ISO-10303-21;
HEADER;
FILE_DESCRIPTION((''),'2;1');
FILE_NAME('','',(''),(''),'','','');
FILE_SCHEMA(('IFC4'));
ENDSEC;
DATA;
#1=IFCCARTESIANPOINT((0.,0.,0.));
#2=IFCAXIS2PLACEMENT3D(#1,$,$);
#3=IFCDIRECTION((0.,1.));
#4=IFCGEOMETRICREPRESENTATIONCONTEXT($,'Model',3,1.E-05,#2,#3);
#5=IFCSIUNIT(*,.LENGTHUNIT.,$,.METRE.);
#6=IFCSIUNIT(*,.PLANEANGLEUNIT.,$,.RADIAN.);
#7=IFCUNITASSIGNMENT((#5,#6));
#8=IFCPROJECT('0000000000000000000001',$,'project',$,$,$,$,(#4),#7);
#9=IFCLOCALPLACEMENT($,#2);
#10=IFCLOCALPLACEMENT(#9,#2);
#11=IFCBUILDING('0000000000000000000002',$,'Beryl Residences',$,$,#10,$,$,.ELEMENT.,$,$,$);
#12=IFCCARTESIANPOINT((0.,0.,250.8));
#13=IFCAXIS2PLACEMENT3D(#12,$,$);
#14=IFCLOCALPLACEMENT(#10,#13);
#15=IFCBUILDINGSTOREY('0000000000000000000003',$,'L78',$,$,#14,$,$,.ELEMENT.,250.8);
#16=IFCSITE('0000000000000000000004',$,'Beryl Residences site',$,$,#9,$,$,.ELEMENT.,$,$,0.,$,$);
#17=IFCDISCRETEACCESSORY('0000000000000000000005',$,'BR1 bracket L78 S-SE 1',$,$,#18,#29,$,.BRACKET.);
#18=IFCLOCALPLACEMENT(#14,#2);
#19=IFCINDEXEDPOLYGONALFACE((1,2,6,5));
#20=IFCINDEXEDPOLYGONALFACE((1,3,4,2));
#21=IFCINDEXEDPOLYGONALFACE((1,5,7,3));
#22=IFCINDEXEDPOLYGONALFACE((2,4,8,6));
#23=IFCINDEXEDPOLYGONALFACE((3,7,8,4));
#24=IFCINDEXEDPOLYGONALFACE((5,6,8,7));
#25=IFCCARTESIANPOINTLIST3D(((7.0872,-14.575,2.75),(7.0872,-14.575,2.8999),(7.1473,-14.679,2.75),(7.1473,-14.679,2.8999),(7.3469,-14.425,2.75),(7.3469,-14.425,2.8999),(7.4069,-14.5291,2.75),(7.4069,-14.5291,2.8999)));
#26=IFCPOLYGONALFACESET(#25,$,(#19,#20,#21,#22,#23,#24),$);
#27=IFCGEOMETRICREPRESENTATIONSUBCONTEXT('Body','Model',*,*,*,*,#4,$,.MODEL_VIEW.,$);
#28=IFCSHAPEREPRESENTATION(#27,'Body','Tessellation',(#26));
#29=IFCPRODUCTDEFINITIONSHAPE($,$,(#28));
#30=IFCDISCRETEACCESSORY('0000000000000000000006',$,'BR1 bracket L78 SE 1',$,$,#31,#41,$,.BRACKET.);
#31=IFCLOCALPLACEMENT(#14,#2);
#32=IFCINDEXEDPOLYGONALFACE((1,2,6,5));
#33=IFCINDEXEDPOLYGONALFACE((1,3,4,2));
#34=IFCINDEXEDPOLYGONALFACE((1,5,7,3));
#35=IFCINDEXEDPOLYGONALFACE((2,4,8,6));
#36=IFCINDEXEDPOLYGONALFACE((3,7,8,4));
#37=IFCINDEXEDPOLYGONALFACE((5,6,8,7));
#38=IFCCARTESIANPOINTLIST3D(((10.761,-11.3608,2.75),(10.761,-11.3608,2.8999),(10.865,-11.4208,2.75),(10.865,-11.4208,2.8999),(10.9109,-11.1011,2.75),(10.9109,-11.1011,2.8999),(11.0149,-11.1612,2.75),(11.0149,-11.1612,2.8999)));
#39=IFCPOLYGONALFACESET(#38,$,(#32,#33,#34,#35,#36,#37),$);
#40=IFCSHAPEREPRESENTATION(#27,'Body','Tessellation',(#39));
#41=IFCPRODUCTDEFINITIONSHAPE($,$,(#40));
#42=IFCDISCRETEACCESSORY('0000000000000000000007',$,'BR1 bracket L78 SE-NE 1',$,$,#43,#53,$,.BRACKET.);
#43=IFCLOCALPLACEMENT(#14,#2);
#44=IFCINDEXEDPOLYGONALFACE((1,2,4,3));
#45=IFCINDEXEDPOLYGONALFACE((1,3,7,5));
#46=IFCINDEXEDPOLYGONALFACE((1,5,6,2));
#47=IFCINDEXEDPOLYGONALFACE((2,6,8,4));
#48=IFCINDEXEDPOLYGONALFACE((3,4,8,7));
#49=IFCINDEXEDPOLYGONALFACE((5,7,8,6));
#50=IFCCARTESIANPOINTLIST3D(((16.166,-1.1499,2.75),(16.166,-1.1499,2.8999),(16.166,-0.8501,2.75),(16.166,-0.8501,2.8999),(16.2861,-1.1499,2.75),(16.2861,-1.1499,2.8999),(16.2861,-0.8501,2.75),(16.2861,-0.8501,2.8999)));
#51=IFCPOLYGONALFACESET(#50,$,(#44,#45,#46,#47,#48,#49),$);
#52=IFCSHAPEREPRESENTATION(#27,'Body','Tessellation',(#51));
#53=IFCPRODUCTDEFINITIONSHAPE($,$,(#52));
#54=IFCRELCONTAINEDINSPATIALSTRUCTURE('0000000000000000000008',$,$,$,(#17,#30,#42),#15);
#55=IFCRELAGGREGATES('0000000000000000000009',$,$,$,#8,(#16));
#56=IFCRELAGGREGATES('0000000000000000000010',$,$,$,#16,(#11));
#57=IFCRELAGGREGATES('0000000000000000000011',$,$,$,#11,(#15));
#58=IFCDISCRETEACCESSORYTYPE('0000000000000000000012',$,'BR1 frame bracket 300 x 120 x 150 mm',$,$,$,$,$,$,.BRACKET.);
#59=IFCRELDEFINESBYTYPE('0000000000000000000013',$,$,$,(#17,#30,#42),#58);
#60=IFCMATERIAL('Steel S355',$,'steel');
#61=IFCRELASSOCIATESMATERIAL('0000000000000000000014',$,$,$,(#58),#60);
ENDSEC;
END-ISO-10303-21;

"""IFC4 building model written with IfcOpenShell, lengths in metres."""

from ifc_helpers import new_model, si_unit, direction, frame, origin, place, context, subcontext, project, spatial, polyline, outline, extrude, source, transform, mapped, material, type_object, type_shapes, element, save


model = new_model("IFC4")

# Units and contexts
model_context = context("Model", 3, precision=1e-05, world=origin(), true_north=direction((0.0, 1.0)))
body_context = subcontext(model_context, "Body", "Model", "MODEL_VIEW")
ifc_project = project(units=[si_unit("LENGTHUNIT", "METRE"), si_unit("PLANEANGLEUNIT", "RADIAN")], contexts=[model_context])

# Site, building, storey
site_placement = place(None, origin())
site = spatial("IfcSite", under=ifc_project, at=site_placement, Name="Beryl Residences site", CompositionType="ELEMENT", RefElevation=0.0)
building_placement = place(site_placement, origin())
building = spatial("IfcBuilding", under=site, at=building_placement, Name="Beryl Residences", CompositionType="ELEMENT")
storey_placement = place(building_placement, frame((0.0, 0.0, 250.8)))
storey = spatial("IfcBuildingStorey", under=building, at=storey_placement, Name="L78", CompositionType="ELEMENT", Elevation=250.8)

# Discrete accessories
ifc_material_1 = material(Name="Steel S355", Category="steel")
discrete_accessory_type = type_object("IfcDiscreteAccessoryType", Name="BR1 frame bracket 300 x 120 x 150 mm", PredefinedType="BRACKET", material=ifc_material_1)
shared_shape_1 = source(origin(), body_context, "Body", "SweptSolid", [
    extrude(outline(polyline([(-0.1499, 0.0), (0.1499, 0.0), (0.1499, 0.1201), (-0.1499, 0.1201), (-0.1499, 0.0)])), origin(), (0.0, 0.0, 1.0), 0.1499),
])
type_shapes(discrete_accessory_type, [shared_shape_1])
for number, where, z_axis, x_axis, name in (
    (1, (7.217, -14.5, 2.75), (0.0, 0.0, 1.0), (-0.866025, -0.5, 0.0), "BR1 bracket L78 S-SE 1"),
    (2, (10.8359, -11.231, 2.75), (0.0, 0.0, 1.0), (-0.5, -0.866025, 0.0), "BR1 bracket L78 SE 1"),
    (3, (16.166, -1.0, 2.75), (0.0, 0.0, 1.0), (0.0, -1.0, 0.0), "BR1 bracket L78 SE-NE 1"),
):
    element("IfcDiscreteAccessory", number, at=place(storey_placement, frame(where, z_axis=z_axis, x_axis=x_axis)), inside=storey, type_object=discrete_accessory_type, Name=name, PredefinedType="BRACKET", context=body_context, shape_type="MappedRepresentation", body=[
        mapped(shared_shape_1, transform((0.0, 0.0, 0.0))),
    ])

save(model, "model.ifc")
